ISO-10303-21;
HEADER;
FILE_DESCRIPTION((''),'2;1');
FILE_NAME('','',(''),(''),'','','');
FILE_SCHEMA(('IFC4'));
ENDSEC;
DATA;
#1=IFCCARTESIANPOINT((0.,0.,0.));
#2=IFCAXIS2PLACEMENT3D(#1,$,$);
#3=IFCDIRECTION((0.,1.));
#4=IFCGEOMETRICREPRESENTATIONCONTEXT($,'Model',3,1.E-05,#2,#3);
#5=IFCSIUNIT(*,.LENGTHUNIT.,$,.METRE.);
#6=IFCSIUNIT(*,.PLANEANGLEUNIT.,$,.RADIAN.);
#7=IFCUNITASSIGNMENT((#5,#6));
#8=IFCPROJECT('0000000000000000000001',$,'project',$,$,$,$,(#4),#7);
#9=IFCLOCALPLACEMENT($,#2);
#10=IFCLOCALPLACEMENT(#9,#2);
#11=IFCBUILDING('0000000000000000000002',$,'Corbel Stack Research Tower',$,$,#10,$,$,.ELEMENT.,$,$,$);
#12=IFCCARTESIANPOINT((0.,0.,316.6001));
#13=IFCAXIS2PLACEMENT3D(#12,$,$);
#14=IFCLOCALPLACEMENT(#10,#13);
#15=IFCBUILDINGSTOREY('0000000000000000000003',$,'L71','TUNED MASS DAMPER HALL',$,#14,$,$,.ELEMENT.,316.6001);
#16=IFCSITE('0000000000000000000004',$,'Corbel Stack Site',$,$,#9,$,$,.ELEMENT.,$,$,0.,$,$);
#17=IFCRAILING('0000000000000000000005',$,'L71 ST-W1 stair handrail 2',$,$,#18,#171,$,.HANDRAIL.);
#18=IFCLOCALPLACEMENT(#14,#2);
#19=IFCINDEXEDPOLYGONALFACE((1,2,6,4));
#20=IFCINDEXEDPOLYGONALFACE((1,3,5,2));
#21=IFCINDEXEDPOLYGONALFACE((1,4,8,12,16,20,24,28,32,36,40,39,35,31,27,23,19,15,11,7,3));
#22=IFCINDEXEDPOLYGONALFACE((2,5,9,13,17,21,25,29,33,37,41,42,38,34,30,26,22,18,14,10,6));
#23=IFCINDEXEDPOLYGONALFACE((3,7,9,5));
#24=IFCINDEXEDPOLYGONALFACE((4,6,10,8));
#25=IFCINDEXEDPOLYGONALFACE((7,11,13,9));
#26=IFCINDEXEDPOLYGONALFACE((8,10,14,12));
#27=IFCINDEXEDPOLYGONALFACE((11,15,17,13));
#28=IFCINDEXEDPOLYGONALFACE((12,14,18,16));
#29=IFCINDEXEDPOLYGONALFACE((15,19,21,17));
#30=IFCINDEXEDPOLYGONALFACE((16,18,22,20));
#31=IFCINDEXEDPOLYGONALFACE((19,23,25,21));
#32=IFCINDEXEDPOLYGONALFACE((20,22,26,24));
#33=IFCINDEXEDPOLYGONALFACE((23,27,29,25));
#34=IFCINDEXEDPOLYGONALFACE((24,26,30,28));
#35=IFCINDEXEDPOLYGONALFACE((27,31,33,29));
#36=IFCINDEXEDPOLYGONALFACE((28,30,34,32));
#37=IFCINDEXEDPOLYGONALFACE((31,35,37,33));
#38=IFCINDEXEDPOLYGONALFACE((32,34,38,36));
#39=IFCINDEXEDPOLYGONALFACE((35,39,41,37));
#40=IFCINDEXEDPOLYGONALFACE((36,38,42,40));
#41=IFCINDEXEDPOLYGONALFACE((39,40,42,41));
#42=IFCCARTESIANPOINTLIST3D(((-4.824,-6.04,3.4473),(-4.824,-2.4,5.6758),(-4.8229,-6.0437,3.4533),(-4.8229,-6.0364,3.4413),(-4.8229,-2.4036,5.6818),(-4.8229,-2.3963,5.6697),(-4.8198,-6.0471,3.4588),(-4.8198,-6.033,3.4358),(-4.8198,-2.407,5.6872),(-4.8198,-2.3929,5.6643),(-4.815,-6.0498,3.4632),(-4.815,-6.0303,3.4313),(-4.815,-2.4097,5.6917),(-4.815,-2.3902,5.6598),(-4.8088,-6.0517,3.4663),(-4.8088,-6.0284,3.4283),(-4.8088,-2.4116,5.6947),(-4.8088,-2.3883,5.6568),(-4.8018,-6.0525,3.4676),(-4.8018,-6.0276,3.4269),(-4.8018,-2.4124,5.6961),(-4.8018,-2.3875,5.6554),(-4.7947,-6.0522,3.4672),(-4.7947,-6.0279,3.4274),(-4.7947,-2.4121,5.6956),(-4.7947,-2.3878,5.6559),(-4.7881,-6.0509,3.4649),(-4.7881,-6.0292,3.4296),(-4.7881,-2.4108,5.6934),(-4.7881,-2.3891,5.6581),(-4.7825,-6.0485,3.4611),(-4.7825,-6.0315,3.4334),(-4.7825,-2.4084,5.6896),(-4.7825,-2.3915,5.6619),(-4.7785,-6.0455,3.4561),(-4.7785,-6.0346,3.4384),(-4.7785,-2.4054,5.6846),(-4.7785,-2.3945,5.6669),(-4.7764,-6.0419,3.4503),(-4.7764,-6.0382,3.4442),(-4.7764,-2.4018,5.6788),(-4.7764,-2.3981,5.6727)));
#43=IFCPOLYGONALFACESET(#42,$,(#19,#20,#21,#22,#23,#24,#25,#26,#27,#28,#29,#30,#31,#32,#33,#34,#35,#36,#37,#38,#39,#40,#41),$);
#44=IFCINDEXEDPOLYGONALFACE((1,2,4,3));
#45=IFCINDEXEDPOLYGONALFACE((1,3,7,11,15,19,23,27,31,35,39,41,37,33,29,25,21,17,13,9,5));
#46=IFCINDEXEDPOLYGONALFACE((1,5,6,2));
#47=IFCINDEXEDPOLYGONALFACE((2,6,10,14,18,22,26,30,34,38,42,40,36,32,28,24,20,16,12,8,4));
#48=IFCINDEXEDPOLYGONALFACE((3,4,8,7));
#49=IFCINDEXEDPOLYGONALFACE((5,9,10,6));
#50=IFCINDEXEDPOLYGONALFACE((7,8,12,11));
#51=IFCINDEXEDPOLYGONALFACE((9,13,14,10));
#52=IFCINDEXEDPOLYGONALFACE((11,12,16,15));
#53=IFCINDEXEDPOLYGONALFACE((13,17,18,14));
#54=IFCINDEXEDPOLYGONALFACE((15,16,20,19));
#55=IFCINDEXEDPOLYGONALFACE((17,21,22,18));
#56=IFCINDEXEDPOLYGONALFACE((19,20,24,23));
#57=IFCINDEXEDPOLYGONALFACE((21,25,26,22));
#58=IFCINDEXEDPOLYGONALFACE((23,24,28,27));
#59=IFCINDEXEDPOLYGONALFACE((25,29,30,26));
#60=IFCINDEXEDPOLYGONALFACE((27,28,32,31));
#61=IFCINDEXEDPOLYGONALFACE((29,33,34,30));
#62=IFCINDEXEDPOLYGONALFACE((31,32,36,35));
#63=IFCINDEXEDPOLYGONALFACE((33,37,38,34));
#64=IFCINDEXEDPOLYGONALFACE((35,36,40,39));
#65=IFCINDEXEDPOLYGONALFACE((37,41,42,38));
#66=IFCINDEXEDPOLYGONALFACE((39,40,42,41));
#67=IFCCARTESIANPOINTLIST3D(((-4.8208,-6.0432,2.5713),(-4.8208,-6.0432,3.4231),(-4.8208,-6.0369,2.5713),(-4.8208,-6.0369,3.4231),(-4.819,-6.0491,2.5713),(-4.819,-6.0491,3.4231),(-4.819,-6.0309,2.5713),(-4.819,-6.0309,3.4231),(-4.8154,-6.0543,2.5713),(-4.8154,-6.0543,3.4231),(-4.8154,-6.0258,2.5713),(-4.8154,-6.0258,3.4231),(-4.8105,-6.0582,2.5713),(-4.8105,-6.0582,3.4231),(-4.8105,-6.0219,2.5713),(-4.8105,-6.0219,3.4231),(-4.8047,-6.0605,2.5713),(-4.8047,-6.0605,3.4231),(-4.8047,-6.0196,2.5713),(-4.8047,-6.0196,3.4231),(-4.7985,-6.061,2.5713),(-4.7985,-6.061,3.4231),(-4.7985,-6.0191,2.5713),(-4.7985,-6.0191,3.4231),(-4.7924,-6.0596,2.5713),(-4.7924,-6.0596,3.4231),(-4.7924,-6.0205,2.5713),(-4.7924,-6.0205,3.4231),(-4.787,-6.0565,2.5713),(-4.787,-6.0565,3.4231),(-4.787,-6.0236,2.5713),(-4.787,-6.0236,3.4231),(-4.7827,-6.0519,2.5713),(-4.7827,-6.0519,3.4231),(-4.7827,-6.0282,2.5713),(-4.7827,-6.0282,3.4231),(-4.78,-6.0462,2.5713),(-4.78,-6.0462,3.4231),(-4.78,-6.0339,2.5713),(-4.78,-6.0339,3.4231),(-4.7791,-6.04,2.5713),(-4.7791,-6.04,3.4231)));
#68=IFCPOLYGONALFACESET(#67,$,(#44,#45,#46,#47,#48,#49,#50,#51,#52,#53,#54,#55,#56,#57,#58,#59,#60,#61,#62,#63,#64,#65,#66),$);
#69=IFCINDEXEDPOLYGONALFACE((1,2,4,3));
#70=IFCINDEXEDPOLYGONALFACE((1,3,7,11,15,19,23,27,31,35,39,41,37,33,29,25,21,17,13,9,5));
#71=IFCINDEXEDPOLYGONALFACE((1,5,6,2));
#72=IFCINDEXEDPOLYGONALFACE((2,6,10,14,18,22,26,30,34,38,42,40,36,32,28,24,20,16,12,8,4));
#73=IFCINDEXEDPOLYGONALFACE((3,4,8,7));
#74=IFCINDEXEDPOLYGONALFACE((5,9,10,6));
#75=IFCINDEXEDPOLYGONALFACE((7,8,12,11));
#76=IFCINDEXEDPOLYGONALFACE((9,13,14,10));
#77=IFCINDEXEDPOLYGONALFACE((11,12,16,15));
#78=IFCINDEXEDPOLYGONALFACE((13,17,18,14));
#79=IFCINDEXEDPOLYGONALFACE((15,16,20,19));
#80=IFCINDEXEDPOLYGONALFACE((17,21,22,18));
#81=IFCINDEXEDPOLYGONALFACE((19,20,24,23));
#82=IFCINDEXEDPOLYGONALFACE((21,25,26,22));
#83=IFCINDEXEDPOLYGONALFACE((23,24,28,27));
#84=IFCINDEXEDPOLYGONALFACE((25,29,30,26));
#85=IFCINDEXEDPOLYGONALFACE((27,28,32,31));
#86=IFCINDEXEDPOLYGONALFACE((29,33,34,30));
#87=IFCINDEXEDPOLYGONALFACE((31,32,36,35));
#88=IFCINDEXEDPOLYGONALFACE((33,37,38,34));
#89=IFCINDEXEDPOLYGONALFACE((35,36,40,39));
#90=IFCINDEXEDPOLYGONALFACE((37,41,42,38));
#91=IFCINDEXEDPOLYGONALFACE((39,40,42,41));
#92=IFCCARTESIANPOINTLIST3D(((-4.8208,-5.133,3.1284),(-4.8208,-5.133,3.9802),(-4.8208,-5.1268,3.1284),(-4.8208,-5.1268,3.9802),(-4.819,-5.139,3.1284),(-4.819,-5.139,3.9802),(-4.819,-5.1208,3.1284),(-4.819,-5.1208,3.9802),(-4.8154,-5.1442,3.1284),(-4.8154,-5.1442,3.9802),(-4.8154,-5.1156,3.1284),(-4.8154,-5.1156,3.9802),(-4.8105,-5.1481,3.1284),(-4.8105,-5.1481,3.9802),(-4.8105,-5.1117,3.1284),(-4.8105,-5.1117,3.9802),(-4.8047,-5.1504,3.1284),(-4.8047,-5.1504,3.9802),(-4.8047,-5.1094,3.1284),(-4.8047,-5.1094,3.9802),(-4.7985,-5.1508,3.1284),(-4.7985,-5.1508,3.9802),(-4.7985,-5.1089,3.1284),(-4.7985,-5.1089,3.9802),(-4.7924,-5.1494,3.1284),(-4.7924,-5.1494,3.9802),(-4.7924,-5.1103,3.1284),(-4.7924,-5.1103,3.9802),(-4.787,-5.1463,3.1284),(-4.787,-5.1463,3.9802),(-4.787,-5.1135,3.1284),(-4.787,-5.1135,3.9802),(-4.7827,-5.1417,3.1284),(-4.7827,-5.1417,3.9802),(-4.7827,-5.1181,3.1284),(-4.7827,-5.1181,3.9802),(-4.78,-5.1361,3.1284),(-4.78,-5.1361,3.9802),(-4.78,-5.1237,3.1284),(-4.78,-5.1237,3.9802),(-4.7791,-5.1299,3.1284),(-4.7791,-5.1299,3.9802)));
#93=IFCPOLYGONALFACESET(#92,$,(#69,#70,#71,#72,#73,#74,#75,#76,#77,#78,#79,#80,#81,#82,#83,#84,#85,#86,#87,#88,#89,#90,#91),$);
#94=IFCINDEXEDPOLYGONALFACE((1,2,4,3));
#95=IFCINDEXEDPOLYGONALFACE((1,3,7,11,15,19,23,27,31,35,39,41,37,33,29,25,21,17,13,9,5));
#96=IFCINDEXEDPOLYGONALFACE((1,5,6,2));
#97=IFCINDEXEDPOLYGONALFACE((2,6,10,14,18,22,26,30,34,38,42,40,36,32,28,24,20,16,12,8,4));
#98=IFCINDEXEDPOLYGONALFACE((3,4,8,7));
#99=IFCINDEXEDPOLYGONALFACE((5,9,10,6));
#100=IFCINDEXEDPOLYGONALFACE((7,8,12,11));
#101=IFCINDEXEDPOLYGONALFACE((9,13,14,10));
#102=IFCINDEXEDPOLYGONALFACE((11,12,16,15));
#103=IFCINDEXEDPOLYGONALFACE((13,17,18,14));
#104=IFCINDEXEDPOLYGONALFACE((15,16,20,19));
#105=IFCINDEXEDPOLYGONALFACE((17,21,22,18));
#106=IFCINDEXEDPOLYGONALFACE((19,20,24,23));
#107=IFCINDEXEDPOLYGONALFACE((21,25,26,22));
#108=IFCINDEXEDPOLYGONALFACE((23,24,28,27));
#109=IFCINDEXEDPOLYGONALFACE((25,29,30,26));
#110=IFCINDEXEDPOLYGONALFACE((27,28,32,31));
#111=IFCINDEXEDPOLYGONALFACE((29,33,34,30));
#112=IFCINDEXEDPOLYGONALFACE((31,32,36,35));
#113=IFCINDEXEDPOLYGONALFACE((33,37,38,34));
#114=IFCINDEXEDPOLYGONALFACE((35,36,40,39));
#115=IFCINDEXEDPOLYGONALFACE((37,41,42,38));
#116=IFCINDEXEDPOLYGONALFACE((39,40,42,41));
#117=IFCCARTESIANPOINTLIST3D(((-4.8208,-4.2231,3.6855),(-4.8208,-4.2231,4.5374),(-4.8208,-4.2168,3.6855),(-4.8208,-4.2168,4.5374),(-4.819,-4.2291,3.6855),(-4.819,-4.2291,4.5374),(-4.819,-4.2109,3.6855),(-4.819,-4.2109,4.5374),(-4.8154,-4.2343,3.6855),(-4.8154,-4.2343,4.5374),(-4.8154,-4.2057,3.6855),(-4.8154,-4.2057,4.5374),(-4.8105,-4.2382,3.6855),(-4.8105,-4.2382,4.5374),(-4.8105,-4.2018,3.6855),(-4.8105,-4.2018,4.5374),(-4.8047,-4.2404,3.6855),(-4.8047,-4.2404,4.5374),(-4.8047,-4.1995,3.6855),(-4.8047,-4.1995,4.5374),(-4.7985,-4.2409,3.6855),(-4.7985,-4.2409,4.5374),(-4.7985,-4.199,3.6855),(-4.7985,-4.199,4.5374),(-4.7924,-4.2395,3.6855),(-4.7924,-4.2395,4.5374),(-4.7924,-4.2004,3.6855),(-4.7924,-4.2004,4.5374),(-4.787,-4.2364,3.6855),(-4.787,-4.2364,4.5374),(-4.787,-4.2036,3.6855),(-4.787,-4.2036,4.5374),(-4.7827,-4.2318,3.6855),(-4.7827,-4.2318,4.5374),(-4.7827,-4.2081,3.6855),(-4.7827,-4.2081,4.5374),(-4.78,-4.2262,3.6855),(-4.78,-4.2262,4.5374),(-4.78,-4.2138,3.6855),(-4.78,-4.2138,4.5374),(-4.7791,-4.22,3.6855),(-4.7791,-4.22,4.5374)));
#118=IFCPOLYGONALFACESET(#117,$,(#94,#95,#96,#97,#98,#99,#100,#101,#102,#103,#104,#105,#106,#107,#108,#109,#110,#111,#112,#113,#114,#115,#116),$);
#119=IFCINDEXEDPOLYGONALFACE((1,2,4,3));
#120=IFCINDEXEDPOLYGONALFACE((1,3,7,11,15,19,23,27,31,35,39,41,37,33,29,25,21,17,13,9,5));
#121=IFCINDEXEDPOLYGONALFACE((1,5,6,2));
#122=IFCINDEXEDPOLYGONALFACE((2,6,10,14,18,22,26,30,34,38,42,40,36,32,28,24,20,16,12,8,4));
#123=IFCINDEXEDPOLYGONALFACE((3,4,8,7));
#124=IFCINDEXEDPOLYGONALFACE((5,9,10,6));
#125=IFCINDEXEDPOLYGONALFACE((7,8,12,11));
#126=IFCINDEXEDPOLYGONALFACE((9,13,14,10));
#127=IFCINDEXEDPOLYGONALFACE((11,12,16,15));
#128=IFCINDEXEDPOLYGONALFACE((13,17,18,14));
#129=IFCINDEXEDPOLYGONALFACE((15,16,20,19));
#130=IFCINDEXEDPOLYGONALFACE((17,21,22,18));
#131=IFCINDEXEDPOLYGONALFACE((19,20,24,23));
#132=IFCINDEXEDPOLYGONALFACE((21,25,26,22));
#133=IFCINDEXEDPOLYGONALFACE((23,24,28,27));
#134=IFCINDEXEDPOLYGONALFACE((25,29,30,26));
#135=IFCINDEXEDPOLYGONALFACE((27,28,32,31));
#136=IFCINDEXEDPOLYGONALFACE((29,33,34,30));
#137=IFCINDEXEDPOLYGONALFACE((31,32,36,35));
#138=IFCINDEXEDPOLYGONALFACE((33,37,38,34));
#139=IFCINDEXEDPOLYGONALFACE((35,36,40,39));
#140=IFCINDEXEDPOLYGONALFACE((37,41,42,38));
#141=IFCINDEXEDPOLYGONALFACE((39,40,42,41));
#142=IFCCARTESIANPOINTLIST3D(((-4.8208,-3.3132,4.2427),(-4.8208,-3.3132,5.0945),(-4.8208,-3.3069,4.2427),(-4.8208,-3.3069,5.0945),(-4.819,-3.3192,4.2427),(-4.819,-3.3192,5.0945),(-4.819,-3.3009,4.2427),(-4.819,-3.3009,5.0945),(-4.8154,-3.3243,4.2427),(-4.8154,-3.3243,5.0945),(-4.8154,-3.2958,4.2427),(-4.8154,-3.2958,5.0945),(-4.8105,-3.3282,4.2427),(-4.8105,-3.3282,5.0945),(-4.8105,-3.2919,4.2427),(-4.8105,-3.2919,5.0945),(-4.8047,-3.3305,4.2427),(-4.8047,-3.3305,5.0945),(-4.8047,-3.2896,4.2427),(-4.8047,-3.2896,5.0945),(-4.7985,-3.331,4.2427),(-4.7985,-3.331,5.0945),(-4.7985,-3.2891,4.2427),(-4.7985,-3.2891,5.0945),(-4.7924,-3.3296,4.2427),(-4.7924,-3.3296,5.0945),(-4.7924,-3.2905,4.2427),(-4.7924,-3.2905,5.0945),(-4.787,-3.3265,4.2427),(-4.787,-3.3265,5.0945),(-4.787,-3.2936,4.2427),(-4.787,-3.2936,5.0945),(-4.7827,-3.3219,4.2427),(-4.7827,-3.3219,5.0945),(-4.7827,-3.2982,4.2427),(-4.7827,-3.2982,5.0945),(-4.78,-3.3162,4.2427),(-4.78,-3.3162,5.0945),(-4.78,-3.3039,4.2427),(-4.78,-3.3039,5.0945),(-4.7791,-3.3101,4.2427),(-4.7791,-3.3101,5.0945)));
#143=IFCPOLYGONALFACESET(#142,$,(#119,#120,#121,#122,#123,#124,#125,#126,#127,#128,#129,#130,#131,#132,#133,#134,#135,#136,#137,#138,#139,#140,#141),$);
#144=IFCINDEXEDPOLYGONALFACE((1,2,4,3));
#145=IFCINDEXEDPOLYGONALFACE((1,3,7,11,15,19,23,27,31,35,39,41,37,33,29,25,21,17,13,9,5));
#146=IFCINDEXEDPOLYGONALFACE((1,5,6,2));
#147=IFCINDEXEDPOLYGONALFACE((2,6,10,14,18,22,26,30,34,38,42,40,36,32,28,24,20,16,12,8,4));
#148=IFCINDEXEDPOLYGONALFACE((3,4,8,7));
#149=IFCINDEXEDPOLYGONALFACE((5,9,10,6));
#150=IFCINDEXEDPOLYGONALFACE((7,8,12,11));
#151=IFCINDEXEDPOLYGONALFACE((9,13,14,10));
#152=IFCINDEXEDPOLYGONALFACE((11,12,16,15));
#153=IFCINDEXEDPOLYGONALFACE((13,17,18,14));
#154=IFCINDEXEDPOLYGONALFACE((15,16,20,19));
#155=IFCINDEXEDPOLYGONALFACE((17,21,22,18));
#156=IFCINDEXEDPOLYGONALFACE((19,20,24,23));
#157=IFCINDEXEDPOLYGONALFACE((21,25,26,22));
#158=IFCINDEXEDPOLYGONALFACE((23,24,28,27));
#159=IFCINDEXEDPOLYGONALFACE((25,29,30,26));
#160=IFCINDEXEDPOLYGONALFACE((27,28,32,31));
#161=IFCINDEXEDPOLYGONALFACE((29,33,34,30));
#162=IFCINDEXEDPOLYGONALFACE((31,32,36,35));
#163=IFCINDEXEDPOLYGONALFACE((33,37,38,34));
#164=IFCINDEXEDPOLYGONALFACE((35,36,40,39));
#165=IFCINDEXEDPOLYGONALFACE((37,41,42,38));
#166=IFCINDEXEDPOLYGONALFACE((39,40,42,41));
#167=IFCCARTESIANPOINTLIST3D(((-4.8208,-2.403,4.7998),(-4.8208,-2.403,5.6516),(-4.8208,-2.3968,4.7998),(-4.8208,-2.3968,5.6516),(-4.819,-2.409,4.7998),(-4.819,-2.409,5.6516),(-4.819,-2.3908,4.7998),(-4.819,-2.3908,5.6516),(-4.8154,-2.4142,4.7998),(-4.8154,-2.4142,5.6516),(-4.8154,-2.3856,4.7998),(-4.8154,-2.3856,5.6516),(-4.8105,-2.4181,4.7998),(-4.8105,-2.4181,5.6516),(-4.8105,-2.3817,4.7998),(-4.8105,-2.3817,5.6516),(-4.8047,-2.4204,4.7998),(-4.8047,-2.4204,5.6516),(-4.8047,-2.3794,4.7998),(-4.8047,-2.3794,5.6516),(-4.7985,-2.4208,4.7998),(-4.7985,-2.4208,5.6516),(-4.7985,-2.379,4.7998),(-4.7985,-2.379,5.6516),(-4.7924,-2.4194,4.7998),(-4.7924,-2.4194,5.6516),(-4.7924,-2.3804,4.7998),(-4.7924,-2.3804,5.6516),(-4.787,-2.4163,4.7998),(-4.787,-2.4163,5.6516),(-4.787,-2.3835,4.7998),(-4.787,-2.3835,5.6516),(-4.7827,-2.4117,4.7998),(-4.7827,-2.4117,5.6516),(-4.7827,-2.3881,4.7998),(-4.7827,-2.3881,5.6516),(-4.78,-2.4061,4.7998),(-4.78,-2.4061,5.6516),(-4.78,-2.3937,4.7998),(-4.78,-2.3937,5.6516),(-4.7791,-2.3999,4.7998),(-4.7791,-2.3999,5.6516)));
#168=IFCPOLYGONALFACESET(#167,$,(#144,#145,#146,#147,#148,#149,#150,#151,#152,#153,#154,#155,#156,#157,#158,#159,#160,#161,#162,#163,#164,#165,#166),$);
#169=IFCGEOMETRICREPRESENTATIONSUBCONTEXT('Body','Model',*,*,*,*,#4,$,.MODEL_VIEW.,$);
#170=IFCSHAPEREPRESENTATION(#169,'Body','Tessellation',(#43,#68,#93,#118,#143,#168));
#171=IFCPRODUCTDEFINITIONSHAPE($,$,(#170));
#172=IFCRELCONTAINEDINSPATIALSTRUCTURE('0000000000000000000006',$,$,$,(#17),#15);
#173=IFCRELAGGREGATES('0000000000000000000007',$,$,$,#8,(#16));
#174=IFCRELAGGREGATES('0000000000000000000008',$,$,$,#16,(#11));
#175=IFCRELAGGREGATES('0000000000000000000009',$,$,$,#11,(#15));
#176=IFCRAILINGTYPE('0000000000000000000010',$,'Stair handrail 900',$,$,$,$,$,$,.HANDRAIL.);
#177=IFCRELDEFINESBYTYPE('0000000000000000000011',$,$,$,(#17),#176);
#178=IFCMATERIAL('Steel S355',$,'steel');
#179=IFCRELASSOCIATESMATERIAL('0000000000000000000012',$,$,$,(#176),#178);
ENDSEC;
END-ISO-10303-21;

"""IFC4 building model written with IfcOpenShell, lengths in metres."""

from ifc_helpers import new_model, si_unit, direction, frame, origin, origin_2d, place, context, subcontext, project, spatial, circle, extrude, material, type_object, element, save


model = new_model("IFC4")

# Units and contexts
model_context = context("Model", 3, precision=1e-05, world=origin(), true_north=direction((0.0, 1.0)))
body_context = subcontext(model_context, "Body", "Model", "MODEL_VIEW")
ifc_project = project(units=[si_unit("LENGTHUNIT", "METRE"), si_unit("PLANEANGLEUNIT", "RADIAN")], contexts=[model_context])

# Site, building, storey
site_placement = place(None, origin())
site = spatial("IfcSite", under=ifc_project, at=site_placement, Name="Corbel Stack Site", CompositionType="ELEMENT", RefElevation=0.0)
building_placement = place(site_placement, origin())
building = spatial("IfcBuilding", under=site, at=building_placement, Name="Corbel Stack Research Tower", CompositionType="ELEMENT")
storey_placement = place(building_placement, frame((0.0, 0.0, 316.6001)))
storey = spatial("IfcBuildingStorey", under=building, at=storey_placement, Name="L71", Description="TUNED MASS DAMPER HALL", CompositionType="ELEMENT", Elevation=316.6001)

# Railing
ifc_material_1 = material(Name="Steel S355", Category="steel")
railing_type_1 = type_object("IfcRailingType", Name="Stair handrail 900", PredefinedType="HANDRAIL", material=ifc_material_1)
railing_1_placement = place(storey_placement, frame((-4.8, -6.04, 2.5713)))
element("IfcRailing", 1, at=railing_1_placement, inside=storey, type_object=railing_type_1, Name="L71 ST-W1 stair handrail 2", PredefinedType="HANDRAIL", context=body_context, shape_type="SweptSolid", body=[
    extrude(circle(Radius=0.0239, at=origin_2d()), frame((0.0, 0.0, 0.876), z_axis=(0.0, 0.852866, 0.52213), x_axis=(-1.0, 0.0, 0.0)), (0.0, 0.0, 1.0), 4.2681),
    extrude(circle(Radius=0.021, at=origin_2d()), origin(), (0.0, 0.0, 1.0), 0.8518),
    extrude(circle(Radius=0.021, at=origin_2d()), frame((0.0, 0.9102, 0.5571)), (0.0, 0.0, 1.0), 0.8518),
    extrude(circle(Radius=0.021, at=origin_2d()), frame((0.0, 1.8201, 1.1143)), (0.0, 0.0, 1.0), 0.8518),
    extrude(circle(Radius=0.021, at=origin_2d()), frame((0.0, 2.73, 1.6714)), (0.0, 0.0, 1.0), 0.8518),
    extrude(circle(Radius=0.021, at=origin_2d()), frame((0.0, 3.6401, 2.2285)), (0.0, 0.0, 1.0), 0.8518),
])

save(model, "model.ifc")
